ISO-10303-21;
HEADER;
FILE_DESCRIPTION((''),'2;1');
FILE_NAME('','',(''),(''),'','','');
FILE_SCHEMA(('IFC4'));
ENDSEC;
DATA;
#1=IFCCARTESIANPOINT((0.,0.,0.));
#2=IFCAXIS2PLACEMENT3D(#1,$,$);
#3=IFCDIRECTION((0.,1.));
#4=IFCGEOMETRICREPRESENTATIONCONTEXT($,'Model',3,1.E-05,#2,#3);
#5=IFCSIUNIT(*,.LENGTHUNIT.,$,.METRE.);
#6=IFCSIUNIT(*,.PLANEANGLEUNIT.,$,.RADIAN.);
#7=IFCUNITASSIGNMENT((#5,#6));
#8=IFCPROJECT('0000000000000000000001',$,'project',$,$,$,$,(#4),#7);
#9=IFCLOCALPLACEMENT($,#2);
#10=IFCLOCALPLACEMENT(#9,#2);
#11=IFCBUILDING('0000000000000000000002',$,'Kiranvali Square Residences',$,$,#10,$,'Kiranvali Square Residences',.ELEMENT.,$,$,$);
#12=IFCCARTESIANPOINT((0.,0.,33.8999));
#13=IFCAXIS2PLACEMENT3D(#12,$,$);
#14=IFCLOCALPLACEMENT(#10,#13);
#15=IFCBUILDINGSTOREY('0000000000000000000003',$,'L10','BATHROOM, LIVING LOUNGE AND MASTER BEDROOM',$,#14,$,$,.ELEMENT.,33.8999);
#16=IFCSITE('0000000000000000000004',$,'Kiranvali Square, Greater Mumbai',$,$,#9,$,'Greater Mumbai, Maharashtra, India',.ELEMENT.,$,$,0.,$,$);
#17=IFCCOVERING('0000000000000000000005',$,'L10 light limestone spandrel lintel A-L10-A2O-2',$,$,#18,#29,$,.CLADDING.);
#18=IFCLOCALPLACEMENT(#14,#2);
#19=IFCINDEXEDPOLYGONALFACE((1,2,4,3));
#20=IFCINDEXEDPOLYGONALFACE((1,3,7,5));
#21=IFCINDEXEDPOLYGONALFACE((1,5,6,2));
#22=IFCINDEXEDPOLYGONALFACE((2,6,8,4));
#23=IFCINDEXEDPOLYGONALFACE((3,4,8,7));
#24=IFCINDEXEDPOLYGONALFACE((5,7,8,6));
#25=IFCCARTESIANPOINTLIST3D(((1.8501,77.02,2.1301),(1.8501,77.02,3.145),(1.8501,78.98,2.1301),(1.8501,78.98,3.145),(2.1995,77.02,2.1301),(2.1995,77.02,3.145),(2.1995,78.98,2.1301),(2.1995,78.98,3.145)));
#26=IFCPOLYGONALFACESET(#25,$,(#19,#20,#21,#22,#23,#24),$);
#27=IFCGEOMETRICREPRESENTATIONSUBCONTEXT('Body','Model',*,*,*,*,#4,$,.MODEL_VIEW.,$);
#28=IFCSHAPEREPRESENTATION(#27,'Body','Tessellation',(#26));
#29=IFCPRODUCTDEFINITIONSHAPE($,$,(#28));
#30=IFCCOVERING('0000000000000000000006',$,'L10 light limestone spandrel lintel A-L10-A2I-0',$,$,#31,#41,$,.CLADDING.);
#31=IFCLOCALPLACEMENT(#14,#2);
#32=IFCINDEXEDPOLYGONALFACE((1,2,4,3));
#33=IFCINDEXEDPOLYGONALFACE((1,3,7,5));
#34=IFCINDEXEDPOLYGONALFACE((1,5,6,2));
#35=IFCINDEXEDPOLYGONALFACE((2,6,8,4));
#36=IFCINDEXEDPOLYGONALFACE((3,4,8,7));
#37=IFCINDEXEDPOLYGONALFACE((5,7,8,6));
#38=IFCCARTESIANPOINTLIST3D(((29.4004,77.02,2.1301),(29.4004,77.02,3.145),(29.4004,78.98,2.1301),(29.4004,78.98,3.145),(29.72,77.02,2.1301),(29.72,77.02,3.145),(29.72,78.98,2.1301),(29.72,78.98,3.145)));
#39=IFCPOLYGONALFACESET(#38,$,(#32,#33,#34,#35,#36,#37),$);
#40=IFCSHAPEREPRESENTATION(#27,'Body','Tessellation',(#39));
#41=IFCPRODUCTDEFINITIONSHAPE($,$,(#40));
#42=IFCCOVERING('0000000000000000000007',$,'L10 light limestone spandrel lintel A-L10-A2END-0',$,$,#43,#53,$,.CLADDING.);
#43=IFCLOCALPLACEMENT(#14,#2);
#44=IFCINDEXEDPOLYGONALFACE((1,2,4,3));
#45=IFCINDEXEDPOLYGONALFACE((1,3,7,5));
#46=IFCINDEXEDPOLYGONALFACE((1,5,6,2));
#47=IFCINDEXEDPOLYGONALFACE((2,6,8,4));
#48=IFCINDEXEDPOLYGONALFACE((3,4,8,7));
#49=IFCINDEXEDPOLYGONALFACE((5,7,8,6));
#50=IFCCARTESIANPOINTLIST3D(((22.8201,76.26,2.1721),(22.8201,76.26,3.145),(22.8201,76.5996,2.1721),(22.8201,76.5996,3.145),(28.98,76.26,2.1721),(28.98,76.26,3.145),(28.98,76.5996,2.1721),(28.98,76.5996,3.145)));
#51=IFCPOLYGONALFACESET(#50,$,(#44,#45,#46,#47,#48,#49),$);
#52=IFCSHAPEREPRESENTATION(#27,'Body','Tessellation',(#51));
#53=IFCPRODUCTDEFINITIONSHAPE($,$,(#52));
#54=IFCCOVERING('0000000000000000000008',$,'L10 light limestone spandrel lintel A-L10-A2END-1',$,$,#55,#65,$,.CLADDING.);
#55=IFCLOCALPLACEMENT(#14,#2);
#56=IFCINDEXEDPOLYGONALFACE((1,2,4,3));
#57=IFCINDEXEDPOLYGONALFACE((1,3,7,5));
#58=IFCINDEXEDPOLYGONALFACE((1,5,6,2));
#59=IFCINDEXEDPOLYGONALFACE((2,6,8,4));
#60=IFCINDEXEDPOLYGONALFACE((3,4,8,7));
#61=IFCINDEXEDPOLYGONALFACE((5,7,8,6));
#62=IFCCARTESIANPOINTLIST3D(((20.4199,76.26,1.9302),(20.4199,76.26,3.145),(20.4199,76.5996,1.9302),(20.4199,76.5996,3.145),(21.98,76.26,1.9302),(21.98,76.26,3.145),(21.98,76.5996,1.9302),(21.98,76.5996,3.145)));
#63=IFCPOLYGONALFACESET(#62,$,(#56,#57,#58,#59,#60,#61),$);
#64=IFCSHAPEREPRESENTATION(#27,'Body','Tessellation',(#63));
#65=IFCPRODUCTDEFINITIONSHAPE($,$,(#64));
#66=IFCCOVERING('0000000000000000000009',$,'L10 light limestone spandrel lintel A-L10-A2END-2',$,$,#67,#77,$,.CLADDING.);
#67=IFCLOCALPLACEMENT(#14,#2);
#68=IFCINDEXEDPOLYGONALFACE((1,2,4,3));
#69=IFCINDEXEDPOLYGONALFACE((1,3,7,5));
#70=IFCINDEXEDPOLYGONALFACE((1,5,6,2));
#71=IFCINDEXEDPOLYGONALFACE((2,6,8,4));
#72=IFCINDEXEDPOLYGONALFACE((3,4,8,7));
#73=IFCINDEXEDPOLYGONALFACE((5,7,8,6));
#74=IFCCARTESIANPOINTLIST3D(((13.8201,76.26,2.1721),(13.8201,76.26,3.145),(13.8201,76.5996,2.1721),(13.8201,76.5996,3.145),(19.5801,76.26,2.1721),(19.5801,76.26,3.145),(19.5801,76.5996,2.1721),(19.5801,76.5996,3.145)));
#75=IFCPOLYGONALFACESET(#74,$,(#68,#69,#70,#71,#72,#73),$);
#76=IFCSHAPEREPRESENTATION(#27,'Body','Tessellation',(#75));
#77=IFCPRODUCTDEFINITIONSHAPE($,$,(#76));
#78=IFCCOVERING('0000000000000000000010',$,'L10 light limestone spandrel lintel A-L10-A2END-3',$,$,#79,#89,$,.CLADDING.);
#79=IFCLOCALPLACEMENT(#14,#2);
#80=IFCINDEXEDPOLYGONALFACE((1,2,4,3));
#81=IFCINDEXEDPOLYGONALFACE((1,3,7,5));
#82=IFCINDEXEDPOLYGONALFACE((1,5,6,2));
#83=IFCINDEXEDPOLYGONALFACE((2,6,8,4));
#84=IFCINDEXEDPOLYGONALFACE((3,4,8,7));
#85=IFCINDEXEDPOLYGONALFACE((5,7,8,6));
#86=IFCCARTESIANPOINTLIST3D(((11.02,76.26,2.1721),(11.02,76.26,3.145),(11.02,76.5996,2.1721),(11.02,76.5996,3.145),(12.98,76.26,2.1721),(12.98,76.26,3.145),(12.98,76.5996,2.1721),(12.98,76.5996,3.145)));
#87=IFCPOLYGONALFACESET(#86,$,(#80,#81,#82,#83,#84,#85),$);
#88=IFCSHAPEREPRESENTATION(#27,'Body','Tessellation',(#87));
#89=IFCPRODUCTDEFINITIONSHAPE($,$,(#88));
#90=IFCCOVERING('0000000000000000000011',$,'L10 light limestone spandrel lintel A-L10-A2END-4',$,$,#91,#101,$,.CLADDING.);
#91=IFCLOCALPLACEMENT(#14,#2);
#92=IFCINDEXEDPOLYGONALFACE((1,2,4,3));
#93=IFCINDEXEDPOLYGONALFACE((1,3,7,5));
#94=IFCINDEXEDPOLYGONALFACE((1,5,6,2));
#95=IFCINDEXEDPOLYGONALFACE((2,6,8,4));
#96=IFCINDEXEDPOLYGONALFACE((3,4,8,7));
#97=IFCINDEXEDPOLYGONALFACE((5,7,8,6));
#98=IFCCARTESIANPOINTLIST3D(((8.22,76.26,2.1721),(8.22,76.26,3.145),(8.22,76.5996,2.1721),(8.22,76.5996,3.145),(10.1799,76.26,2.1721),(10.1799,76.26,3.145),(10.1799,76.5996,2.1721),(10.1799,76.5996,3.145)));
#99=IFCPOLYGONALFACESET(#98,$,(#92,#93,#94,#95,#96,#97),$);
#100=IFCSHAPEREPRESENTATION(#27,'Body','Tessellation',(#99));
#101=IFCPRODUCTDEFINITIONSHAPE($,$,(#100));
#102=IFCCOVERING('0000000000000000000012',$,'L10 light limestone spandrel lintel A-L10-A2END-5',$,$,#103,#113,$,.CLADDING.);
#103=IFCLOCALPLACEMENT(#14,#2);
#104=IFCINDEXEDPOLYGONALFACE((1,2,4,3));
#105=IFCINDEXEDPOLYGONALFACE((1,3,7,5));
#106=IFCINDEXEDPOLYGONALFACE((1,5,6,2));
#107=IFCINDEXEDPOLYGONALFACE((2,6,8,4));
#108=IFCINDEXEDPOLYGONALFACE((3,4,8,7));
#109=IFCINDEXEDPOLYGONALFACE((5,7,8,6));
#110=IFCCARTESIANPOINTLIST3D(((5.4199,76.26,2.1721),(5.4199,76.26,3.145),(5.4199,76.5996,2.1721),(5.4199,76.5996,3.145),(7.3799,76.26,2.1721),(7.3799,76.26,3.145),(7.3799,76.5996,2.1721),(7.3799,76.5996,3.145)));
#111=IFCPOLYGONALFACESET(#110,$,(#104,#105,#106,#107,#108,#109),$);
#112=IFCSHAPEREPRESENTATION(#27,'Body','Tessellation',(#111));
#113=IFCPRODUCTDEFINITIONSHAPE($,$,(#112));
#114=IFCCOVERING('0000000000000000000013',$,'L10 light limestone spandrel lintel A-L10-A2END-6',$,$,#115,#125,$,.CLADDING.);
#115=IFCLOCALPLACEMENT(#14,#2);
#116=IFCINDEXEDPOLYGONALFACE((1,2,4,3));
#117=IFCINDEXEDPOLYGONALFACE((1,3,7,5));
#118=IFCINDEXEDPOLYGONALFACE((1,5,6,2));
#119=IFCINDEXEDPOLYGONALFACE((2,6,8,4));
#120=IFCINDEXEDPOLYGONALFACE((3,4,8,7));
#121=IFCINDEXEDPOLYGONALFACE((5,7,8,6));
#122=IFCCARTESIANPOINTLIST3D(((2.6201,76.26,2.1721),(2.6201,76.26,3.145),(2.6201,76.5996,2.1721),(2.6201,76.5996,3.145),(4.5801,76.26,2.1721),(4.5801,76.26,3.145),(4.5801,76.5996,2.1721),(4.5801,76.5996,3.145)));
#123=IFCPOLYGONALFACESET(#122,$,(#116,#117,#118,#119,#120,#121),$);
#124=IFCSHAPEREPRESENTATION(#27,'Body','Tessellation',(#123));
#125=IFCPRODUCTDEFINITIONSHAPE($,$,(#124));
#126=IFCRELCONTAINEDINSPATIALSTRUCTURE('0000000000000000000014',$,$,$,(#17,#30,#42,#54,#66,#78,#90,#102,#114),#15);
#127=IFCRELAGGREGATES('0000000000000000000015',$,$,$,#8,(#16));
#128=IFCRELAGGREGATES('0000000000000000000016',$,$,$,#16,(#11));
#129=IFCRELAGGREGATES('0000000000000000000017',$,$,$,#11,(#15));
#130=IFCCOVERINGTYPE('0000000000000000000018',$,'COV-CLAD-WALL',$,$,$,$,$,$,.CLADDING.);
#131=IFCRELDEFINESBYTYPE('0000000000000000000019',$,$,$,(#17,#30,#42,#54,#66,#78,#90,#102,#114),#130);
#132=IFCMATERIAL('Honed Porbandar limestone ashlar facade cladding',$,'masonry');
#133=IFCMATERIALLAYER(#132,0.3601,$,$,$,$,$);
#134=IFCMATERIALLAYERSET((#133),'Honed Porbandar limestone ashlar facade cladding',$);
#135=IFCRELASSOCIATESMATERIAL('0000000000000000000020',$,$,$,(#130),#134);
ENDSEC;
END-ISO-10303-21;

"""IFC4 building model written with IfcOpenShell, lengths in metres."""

from ifc_helpers import new_model, si_unit, direction, frame, origin, place, context, subcontext, project, spatial, polyline, outline, extrude, material, layer, layer_set, type_object, element, save


model = new_model("IFC4")

# Units and contexts
model_context = context("Model", 3, precision=1e-05, world=origin(), true_north=direction((0.0, 1.0)))
body_context = subcontext(model_context, "Body", "Model", "MODEL_VIEW")
ifc_project = project(units=[si_unit("LENGTHUNIT", "METRE"), si_unit("PLANEANGLEUNIT", "RADIAN")], contexts=[model_context])

# Site, building, storey
site_placement = place(None, origin())
site = spatial("IfcSite", under=ifc_project, at=site_placement, Name="Kiranvali Square, Greater Mumbai", LongName="Greater Mumbai, Maharashtra, India", CompositionType="ELEMENT", RefElevation=0.0)
building_placement = place(site_placement, origin())
building = spatial("IfcBuilding", under=site, at=building_placement, Name="Kiranvali Square Residences", LongName="Kiranvali Square Residences", CompositionType="ELEMENT")
storey_placement = place(building_placement, frame((0.0, 0.0, 33.8999)))
storey = spatial("IfcBuildingStorey", under=building, at=storey_placement, Name="L10", Description="BATHROOM, LIVING LOUNGE AND MASTER BEDROOM", CompositionType="ELEMENT", Elevation=33.8999)

# Coverings
ifc_material = material(Name="Honed Porbandar limestone ashlar facade cladding", Category="masonry")
ifc_layer_1 = layer(ifc_material, 0.3601)
ifc_layer_set_1 = layer_set([ifc_layer_1], Name="Honed Porbandar limestone ashlar facade cladding")
covering_type_1 = type_object("IfcCoveringType", Name="COV-CLAD-WALL", PredefinedType="CLADDING", material=ifc_layer_set_1)
covering_1_placement = place(storey_placement, frame((0.0, 0.0, 2.1301)))
element("IfcCovering", 1, at=covering_1_placement, inside=storey, type_object=covering_type_1, Name="L10 light limestone spandrel lintel A-L10-A2O-2", PredefinedType="CLADDING", context=body_context, shape_type="SweptSolid", body=[
    extrude(outline(polyline([(1.8501, 78.98), (1.8501, 77.02), (2.1995, 77.02), (2.1995, 78.98), (1.8501, 78.98)])), origin(), (0.0, 0.0, 1.0), 1.0149),
])
covering_2_placement = place(storey_placement, frame((0.0, 0.0, 2.1301)))
element("IfcCovering", 2, at=covering_2_placement, inside=storey, type_object=covering_type_1, Name="L10 light limestone spandrel lintel A-L10-A2I-0", PredefinedType="CLADDING", context=body_context, shape_type="SweptSolid", body=[
    extrude(outline(polyline([(29.4004, 78.98), (29.4004, 77.02), (29.72, 77.02), (29.72, 78.98), (29.4004, 78.98)])), origin(), (0.0, 0.0, 1.0), 1.0149),
])
covering_3_placement = place(storey_placement, frame((0.0, 0.0, 2.1721)))
element("IfcCovering", 3, at=covering_3_placement, inside=storey, type_object=covering_type_1, Name="L10 light limestone spandrel lintel A-L10-A2END-0", PredefinedType="CLADDING", context=body_context, shape_type="SweptSolid", body=[
    extrude(outline(polyline([(28.98, 76.5996), (22.8201, 76.5996), (22.8201, 76.26), (28.98, 76.26), (28.98, 76.5996)])), origin(), (0.0, 0.0, 1.0), 0.9729),
])
covering_4_placement = place(storey_placement, frame((0.0, 0.0, 1.9302)))
element("IfcCovering", 4, at=covering_4_placement, inside=storey, type_object=covering_type_1, Name="L10 light limestone spandrel lintel A-L10-A2END-1", PredefinedType="CLADDING", context=body_context, shape_type="SweptSolid", body=[
    extrude(outline(polyline([(21.98, 76.5996), (20.4199, 76.5996), (20.4199, 76.26), (21.98, 76.26), (21.98, 76.5996)])), origin(), (0.0, 0.0, 1.0), 1.2148),
])
covering_5_placement = place(storey_placement, frame((0.0, 0.0, 2.1721)))
element("IfcCovering", 5, at=covering_5_placement, inside=storey, type_object=covering_type_1, Name="L10 light limestone spandrel lintel A-L10-A2END-2", PredefinedType="CLADDING", context=body_context, shape_type="SweptSolid", body=[
    extrude(outline(polyline([(19.5801, 76.5996), (13.8201, 76.5996), (13.8201, 76.26), (19.5801, 76.26), (19.5801, 76.5996)])), origin(), (0.0, 0.0, 1.0), 0.9729),
])
covering_6_placement = place(storey_placement, frame((0.0, 0.0, 2.1721)))
element("IfcCovering", 6, at=covering_6_placement, inside=storey, type_object=covering_type_1, Name="L10 light limestone spandrel lintel A-L10-A2END-3", PredefinedType="CLADDING", context=body_context, shape_type="SweptSolid", body=[
    extrude(outline(polyline([(12.98, 76.5996), (11.02, 76.5996), (11.02, 76.26), (12.98, 76.26), (12.98, 76.5996)])), origin(), (0.0, 0.0, 1.0), 0.9729),
])
covering_7_placement = place(storey_placement, frame((0.0, 0.0, 2.1721)))
element("IfcCovering", 7, at=covering_7_placement, inside=storey, type_object=covering_type_1, Name="L10 light limestone spandrel lintel A-L10-A2END-4", PredefinedType="CLADDING", context=body_context, shape_type="SweptSolid", body=[
    extrude(outline(polyline([(10.1799, 76.5996), (8.22, 76.5996), (8.22, 76.26), (10.1799, 76.26), (10.1799, 76.5996)])), origin(), (0.0, 0.0, 1.0), 0.9729),
])
covering_8_placement = place(storey_placement, frame((0.0, 0.0, 2.1721)))
element("IfcCovering", 8, at=covering_8_placement, inside=storey, type_object=covering_type_1, Name="L10 light limestone spandrel lintel A-L10-A2END-5", PredefinedType="CLADDING", context=body_context, shape_type="SweptSolid", body=[
    extrude(outline(polyline([(7.3799, 76.5996), (5.4199, 76.5996), (5.4199, 76.26), (7.3799, 76.26), (7.3799, 76.5996)])), origin(), (0.0, 0.0, 1.0), 0.9729),
])
covering_9_placement = place(storey_placement, frame((0.0, 0.0, 2.1721)))
element("IfcCovering", 9, at=covering_9_placement, inside=storey, type_object=covering_type_1, Name="L10 light limestone spandrel lintel A-L10-A2END-6", PredefinedType="CLADDING", context=body_context, shape_type="SweptSolid", body=[
    extrude(outline(polyline([(4.5801, 76.5996), (2.6201, 76.5996), (2.6201, 76.26), (4.5801, 76.26), (4.5801, 76.5996)])), origin(), (0.0, 0.0, 1.0), 0.9729),
])

save(model, "model.ifc")
